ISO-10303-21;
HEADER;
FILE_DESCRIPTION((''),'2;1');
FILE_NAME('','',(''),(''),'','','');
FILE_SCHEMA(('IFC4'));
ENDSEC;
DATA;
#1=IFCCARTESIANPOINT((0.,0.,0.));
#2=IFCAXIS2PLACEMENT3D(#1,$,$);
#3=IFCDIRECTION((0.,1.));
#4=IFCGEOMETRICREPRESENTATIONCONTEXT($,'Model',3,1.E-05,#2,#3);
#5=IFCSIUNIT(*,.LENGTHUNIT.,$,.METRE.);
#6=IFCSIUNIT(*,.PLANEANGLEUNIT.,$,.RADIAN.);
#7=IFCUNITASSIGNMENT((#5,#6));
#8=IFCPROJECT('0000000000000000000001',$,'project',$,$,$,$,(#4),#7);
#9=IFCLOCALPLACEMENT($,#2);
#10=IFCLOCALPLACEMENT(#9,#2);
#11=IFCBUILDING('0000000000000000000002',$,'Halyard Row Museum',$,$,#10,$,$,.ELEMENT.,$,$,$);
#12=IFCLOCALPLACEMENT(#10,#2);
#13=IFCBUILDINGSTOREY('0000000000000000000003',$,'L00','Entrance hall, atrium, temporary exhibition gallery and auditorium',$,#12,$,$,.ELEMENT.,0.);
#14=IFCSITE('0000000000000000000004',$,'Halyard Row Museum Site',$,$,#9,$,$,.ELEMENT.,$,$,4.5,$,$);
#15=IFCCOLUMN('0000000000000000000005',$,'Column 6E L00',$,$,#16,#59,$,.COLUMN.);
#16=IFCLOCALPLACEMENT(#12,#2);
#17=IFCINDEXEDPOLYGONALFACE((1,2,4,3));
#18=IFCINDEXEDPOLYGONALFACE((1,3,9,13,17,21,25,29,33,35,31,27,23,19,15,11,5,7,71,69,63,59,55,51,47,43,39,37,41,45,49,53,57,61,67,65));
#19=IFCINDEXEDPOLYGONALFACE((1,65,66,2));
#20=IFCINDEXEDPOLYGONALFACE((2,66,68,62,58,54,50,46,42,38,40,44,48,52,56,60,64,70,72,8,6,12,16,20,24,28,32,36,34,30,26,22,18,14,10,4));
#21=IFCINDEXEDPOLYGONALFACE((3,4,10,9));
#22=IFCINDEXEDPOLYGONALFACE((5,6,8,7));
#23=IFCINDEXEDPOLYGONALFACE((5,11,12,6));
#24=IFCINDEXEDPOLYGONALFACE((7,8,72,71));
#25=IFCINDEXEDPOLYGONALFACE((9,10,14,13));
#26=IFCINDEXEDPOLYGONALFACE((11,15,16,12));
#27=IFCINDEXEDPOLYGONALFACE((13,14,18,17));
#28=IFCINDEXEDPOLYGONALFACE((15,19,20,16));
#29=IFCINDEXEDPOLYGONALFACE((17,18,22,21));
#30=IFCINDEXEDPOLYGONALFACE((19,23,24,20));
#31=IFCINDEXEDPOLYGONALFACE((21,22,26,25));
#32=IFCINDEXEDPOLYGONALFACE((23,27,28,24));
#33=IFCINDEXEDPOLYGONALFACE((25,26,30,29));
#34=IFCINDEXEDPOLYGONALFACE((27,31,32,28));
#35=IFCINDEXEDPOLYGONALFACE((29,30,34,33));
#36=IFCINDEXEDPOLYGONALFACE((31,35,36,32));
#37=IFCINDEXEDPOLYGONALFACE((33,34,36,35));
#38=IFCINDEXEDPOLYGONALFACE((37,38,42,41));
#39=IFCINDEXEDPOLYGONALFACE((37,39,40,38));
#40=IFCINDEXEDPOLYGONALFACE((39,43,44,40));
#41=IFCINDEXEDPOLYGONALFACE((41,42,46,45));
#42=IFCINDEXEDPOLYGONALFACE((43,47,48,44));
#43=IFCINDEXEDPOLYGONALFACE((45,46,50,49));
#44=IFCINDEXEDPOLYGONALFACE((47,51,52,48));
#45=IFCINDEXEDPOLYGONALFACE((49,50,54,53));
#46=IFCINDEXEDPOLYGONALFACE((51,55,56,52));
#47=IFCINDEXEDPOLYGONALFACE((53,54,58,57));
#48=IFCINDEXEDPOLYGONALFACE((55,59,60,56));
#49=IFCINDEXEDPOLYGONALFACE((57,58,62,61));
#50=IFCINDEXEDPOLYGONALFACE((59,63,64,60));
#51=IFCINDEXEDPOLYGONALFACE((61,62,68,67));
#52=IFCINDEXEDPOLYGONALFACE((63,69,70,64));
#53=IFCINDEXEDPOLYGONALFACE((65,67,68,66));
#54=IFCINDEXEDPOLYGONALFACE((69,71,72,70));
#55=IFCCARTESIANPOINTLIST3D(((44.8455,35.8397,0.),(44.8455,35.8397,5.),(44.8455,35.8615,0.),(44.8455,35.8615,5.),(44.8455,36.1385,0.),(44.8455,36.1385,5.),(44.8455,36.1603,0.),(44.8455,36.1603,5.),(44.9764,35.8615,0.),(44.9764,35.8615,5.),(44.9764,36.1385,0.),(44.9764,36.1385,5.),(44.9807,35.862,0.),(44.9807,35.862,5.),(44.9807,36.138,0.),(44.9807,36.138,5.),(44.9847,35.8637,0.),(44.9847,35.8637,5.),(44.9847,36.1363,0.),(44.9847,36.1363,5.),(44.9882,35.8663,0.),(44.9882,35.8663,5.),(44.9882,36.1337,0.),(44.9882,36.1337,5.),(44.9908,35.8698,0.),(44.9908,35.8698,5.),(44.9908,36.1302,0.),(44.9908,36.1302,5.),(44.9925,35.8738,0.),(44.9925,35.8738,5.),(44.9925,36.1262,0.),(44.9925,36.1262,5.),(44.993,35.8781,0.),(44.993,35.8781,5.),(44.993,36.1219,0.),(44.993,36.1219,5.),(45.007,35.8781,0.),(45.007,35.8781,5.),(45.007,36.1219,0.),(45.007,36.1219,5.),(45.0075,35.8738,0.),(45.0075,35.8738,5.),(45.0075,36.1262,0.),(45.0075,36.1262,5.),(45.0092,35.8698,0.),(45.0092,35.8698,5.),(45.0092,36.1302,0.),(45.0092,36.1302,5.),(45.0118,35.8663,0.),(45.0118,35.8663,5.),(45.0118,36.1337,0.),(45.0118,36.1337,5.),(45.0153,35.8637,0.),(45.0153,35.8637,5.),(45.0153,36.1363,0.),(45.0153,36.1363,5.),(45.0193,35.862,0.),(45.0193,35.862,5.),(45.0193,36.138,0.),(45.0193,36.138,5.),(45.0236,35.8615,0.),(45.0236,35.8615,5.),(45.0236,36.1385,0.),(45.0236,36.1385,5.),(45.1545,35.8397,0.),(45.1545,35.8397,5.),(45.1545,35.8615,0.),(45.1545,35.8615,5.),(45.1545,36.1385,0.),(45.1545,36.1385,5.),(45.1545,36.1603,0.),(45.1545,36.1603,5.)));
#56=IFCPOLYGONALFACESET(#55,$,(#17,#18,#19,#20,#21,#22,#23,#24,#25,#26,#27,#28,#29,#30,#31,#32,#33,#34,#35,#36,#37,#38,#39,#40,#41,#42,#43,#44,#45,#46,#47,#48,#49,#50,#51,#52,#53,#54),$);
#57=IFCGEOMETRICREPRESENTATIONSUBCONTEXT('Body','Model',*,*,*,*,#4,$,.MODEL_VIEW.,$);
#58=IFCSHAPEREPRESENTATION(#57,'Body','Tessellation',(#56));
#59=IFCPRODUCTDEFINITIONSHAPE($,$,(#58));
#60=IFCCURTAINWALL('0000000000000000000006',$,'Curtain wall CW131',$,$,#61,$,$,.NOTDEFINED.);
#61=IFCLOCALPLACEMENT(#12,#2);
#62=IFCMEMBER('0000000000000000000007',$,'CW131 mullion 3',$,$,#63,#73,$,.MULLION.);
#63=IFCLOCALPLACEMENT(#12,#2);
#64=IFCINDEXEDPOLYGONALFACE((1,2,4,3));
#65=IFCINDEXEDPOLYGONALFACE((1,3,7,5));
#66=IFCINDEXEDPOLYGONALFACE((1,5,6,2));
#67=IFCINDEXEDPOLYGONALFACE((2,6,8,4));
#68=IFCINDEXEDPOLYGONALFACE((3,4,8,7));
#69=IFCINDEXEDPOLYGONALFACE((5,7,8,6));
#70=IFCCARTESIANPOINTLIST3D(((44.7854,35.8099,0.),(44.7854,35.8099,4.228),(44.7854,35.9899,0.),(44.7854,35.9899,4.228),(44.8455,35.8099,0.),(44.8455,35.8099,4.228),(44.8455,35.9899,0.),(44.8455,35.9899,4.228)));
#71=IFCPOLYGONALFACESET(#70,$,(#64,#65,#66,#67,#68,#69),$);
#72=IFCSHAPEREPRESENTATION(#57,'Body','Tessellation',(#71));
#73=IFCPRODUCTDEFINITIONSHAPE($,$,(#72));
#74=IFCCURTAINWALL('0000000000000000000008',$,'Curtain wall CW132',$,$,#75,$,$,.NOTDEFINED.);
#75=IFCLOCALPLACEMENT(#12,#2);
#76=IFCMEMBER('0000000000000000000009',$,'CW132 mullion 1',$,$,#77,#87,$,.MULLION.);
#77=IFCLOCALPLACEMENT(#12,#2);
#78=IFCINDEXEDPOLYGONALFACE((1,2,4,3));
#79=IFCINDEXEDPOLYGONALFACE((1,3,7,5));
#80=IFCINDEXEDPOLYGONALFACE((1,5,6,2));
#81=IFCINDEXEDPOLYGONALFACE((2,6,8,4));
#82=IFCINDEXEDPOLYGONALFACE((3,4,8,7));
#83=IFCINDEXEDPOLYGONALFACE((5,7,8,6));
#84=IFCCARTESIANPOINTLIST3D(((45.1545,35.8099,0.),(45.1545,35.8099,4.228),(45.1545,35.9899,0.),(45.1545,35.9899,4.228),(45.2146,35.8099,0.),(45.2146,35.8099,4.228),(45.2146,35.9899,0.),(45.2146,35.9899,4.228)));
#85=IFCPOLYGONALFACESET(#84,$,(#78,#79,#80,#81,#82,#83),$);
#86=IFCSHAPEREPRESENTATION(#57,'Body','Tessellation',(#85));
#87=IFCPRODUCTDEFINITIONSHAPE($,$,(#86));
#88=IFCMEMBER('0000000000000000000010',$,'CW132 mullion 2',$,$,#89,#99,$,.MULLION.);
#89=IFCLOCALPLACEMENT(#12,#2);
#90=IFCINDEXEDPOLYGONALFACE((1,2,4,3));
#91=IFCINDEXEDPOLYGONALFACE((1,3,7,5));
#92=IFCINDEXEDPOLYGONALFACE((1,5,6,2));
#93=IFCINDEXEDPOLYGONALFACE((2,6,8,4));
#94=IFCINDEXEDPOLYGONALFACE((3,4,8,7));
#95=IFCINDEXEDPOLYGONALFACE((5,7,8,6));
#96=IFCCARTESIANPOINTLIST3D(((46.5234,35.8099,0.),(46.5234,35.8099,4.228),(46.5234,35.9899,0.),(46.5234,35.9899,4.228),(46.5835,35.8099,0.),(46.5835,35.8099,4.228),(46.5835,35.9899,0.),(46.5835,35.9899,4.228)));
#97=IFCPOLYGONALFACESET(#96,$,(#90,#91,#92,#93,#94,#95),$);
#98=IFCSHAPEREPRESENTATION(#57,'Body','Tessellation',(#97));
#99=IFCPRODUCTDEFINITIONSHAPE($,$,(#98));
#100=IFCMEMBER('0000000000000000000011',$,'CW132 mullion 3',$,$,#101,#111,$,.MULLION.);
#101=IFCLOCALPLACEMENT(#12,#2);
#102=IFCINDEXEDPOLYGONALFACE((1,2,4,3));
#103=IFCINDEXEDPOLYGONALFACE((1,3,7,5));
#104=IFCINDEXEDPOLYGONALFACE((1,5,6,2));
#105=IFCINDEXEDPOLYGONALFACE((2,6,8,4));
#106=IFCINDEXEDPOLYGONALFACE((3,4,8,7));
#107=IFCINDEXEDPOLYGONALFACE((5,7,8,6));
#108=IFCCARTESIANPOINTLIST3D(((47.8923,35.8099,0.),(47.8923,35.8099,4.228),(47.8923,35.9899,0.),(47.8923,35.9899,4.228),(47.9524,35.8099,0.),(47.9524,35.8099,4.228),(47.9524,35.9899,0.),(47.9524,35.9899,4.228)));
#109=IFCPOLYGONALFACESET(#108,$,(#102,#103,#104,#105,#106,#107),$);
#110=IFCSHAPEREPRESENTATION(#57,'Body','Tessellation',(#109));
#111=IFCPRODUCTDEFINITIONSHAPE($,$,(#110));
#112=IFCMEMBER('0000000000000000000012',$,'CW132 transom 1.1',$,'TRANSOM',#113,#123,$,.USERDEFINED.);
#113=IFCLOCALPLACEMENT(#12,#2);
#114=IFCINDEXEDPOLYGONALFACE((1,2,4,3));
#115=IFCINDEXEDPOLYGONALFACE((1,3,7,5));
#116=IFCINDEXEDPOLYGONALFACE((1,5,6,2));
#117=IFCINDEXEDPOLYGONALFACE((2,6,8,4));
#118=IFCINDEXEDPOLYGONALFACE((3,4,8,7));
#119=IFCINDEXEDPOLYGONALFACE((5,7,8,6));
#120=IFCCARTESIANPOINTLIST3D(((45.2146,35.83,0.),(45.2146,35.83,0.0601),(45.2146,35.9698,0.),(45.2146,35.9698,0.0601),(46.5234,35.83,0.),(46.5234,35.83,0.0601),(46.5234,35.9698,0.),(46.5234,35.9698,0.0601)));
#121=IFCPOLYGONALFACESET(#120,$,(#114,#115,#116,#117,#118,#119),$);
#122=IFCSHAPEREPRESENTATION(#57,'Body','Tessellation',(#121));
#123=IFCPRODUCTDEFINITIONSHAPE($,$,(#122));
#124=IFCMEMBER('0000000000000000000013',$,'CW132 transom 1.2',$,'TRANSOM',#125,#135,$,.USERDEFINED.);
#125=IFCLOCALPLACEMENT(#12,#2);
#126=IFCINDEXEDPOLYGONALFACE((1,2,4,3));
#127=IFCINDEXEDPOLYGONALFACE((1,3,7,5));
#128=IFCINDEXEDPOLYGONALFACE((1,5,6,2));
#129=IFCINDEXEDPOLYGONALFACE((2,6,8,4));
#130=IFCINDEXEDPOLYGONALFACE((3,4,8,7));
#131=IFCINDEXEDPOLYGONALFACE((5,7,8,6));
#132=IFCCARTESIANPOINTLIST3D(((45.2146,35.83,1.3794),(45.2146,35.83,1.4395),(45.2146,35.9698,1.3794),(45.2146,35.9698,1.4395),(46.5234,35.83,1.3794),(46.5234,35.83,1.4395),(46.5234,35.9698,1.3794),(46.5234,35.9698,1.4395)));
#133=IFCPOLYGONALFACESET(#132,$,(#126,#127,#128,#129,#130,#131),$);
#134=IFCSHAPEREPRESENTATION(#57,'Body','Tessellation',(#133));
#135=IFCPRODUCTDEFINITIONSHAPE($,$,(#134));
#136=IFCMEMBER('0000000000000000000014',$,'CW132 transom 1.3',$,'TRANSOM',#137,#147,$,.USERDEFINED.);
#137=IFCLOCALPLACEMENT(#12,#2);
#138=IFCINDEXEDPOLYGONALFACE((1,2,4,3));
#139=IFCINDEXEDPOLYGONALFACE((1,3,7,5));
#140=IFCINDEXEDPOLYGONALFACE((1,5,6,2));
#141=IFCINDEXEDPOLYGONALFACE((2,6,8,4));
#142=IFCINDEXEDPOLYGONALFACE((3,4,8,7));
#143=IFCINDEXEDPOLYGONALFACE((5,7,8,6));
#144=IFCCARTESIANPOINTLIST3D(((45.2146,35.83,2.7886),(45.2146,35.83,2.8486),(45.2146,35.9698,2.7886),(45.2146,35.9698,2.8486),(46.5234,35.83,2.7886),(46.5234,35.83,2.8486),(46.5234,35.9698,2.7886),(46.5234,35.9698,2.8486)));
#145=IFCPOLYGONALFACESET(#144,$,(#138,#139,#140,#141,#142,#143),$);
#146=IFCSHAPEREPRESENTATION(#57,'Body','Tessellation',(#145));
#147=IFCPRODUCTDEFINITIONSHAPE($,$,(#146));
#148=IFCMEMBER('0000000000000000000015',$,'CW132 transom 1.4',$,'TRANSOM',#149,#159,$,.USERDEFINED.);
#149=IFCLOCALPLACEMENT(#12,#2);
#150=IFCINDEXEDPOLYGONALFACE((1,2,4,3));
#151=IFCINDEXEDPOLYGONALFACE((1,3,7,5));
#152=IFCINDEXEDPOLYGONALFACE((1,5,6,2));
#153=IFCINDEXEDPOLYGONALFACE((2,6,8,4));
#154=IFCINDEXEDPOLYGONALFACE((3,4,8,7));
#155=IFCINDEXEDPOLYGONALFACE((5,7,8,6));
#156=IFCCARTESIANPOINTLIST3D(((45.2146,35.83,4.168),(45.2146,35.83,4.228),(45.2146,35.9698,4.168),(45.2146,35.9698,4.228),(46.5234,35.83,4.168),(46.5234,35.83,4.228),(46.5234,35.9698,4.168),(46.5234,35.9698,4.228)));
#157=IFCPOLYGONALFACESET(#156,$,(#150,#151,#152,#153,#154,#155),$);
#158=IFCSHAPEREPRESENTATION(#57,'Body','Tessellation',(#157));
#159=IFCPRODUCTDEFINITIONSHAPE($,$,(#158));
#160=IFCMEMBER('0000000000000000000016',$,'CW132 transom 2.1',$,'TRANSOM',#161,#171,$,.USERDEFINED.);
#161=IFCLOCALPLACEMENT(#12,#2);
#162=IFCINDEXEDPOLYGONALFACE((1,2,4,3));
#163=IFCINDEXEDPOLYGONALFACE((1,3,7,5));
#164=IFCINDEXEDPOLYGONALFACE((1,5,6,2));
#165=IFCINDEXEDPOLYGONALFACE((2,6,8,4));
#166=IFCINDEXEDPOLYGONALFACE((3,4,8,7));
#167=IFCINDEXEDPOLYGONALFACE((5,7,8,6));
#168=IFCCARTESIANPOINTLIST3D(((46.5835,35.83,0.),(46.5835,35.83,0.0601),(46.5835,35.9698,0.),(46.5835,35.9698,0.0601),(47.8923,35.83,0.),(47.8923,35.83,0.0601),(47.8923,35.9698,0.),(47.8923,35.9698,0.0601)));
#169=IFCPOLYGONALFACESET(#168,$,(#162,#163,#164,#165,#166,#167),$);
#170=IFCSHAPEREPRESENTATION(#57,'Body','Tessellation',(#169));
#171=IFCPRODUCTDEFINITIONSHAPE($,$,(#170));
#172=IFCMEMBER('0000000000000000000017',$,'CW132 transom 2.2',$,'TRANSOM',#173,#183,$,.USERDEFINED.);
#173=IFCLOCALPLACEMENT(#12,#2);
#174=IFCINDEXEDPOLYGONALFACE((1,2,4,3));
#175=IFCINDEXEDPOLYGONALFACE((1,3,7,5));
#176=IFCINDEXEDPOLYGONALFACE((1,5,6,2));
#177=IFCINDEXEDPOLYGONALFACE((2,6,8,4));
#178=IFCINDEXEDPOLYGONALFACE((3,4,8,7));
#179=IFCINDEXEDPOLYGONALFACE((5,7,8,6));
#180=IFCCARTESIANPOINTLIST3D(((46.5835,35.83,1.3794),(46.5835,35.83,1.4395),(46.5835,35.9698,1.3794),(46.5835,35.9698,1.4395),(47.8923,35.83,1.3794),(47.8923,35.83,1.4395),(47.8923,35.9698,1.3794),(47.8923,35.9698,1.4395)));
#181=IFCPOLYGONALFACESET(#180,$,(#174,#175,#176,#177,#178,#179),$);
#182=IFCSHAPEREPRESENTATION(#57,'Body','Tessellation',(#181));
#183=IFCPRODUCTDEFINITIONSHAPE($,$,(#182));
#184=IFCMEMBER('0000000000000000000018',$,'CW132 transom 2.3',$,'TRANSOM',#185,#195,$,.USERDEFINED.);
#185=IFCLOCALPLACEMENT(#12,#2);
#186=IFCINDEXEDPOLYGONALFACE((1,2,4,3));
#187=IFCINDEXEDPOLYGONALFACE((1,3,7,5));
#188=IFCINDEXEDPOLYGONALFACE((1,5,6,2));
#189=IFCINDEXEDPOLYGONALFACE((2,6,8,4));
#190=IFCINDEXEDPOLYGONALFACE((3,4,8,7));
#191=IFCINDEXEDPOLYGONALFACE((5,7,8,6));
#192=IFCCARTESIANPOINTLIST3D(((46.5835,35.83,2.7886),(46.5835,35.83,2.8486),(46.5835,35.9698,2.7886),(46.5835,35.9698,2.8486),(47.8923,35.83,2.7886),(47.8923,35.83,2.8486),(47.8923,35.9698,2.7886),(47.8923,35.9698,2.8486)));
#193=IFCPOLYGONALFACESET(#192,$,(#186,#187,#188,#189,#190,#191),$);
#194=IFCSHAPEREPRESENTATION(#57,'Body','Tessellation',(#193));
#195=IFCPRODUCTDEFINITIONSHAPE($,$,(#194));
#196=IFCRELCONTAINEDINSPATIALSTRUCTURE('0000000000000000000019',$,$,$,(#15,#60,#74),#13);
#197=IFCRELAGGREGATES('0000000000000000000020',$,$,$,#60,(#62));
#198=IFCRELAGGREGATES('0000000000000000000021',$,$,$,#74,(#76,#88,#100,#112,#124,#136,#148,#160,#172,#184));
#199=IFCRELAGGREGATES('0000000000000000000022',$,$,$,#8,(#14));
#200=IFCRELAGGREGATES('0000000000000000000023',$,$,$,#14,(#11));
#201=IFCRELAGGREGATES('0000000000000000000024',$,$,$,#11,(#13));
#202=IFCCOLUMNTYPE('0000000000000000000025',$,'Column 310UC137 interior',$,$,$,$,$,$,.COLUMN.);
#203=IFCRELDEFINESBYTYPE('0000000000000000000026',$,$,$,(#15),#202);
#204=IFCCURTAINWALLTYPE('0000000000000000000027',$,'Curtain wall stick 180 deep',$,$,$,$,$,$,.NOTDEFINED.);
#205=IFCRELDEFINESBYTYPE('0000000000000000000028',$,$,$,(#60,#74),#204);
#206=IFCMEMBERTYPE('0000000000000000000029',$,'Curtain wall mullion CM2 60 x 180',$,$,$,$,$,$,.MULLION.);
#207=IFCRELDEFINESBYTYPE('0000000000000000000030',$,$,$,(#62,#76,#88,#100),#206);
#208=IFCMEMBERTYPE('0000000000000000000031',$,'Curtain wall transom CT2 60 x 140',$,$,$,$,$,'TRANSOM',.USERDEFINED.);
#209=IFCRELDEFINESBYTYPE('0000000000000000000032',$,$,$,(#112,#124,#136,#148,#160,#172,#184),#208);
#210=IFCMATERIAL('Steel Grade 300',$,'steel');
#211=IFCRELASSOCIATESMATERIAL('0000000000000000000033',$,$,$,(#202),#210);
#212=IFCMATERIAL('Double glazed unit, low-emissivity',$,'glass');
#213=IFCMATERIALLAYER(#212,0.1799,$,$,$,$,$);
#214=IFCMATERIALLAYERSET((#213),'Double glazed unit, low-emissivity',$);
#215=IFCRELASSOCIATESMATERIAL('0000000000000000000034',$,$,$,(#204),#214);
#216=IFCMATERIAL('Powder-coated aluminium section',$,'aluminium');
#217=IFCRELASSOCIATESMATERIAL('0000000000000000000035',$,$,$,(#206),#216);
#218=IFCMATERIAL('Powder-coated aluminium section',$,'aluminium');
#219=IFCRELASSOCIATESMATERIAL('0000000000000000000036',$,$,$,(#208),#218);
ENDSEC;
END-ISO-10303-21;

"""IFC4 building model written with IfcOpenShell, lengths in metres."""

from ifc_helpers import new_model, si_unit, direction, frame, origin, origin_2d, place, context, subcontext, project, spatial, rectangle, i_section, extrude, material, layer, layer_set, material_profile, profile_set, type_object, element, aggregate, save


model = new_model("IFC4")

# Units and contexts
model_context = context("Model", 3, precision=1e-05, world=origin(), true_north=direction((0.0, 1.0)))
body_context = subcontext(model_context, "Body", "Model", "MODEL_VIEW")
ifc_project = project(units=[si_unit("LENGTHUNIT", "METRE"), si_unit("PLANEANGLEUNIT", "RADIAN")], contexts=[model_context])

# Site, building, storey
site_placement = place(None, origin())
site = spatial("IfcSite", under=ifc_project, at=site_placement, Name="Halyard Row Museum Site", CompositionType="ELEMENT", RefElevation=4.5)
building_placement = place(site_placement, origin())
building = spatial("IfcBuilding", under=site, at=building_placement, Name="Halyard Row Museum", CompositionType="ELEMENT")
storey_placement = place(building_placement, origin())
storey = spatial("IfcBuildingStorey", under=building, at=storey_placement, Name="L00", Description="Entrance hall, atrium, temporary exhibition gallery and auditorium", CompositionType="ELEMENT", Elevation=0.0)

# Column
ifc_material_1 = material(Name="Steel Grade 300", Category="steel")
ifc_material_profile_1 = material_profile(ifc_material_1, i_section(OverallWidth=0.3091, OverallDepth=0.3206, WebThickness=0.0139, FlangeThickness=0.0217, FilletRadius=0.0166, at=origin_2d()), Name="310UC137")
ifc_profile_set_1 = profile_set([ifc_material_profile_1], Name="Steel Grade 300")
column_type = type_object("IfcColumnType", Name="Column 310UC137 interior", PredefinedType="COLUMN", material=ifc_profile_set_1)
column_placement = place(storey_placement, frame((45.0, 36.0, 0.0), z_axis=(0.0, 0.0, 1.0), x_axis=(1.0, 0.0, 0.0)))
element("IfcColumn", 1, at=column_placement, inside=storey, type_object=column_type, Name="Column 6E L00", PredefinedType="COLUMN", context=body_context, shape_type="SweptSolid", body=[
    extrude(i_section(OverallWidth=0.3091, OverallDepth=0.3206, WebThickness=0.0139, FlangeThickness=0.0217, FilletRadius=0.0166, at=origin_2d()), origin(), (0.0, 0.0, 1.0), 5.0),
])

# Curtain wall, member
ifc_material_2 = material(Name="Double glazed unit, low-emissivity", Category="glass")
ifc_layer_1 = layer(ifc_material_2, 0.1799)
ifc_layer_set_1 = layer_set([ifc_layer_1], Name="Double glazed unit, low-emissivity")
curtain_wall_type = type_object("IfcCurtainWallType", Name="Curtain wall stick 180 deep", PredefinedType="NOTDEFINED", material=ifc_layer_set_1)
curtain_wall_1_placement = place(storey_placement, origin())
curtain_wall_1 = element("IfcCurtainWall", 2, at=curtain_wall_1_placement, inside=storey, type_object=curtain_wall_type, Name="Curtain wall CW131", PredefinedType="NOTDEFINED")
ifc_material_3 = material(Name="Powder-coated aluminium section", Category="aluminium")
ifc_material_profile_2 = material_profile(ifc_material_3, rectangle(XDim=0.1799, YDim=0.0601, at=origin_2d()), Name="180x60 mullion")
ifc_profile_set_2 = profile_set([ifc_material_profile_2], Name="Powder-coated aluminium section")
member_type_1 = type_object("IfcMemberType", Name="Curtain wall mullion CM2 60 x 180", PredefinedType="MULLION", material=ifc_profile_set_2)
member_1_placement = place(storey_placement, frame((44.8154, 35.8999, 0.0), z_axis=(0.0, 0.0, 1.0), x_axis=(0.0, 1.0, 0.0)))
member_1 = element("IfcMember", 3, at=member_1_placement, type_object=member_type_1, Name="CW131 mullion 3", PredefinedType="MULLION", context=body_context, shape_type="SweptSolid", body=[
    extrude(rectangle(XDim=0.1799, YDim=0.0601, at=origin_2d()), origin(), (0.0, 0.0, 1.0), 4.228),
])

# Curtain wall, members
curtain_wall_2_placement = place(storey_placement, origin())
curtain_wall_2 = element("IfcCurtainWall", 4, at=curtain_wall_2_placement, inside=storey, type_object=curtain_wall_type, Name="Curtain wall CW132", PredefinedType="NOTDEFINED")
member_2_placement = place(storey_placement, frame((45.1846, 35.8999, 0.0), z_axis=(0.0, 0.0, 1.0), x_axis=(0.0, 1.0, 0.0)))
member_2 = element("IfcMember", 5, at=member_2_placement, type_object=member_type_1, Name="CW132 mullion 1", PredefinedType="MULLION", context=body_context, shape_type="SweptSolid", body=[
    extrude(rectangle(XDim=0.1799, YDim=0.0601, at=origin_2d()), origin(), (0.0, 0.0, 1.0), 4.228),
])
member_3_placement = place(storey_placement, frame((46.5535, 35.8999, 0.0), z_axis=(0.0, 0.0, 1.0), x_axis=(0.0, 1.0, 0.0)))
member_3 = element("IfcMember", 6, at=member_3_placement, type_object=member_type_1, Name="CW132 mullion 2", PredefinedType="MULLION", context=body_context, shape_type="SweptSolid", body=[
    extrude(rectangle(XDim=0.1799, YDim=0.0601, at=origin_2d()), origin(), (0.0, 0.0, 1.0), 4.228),
])
member_4_placement = place(storey_placement, frame((47.9224, 35.8999, 0.0), z_axis=(0.0, 0.0, 1.0), x_axis=(0.0, 1.0, 0.0)))
member_4 = element("IfcMember", 7, at=member_4_placement, type_object=member_type_1, Name="CW132 mullion 3", PredefinedType="MULLION", context=body_context, shape_type="SweptSolid", body=[
    extrude(rectangle(XDim=0.1799, YDim=0.0601, at=origin_2d()), origin(), (0.0, 0.0, 1.0), 4.228),
])
ifc_material_4 = material(Name="Powder-coated aluminium section", Category="aluminium")
ifc_material_profile_3 = material_profile(ifc_material_4, rectangle(XDim=0.1399, YDim=0.0601, at=origin_2d()), Name="140x60 transom")
ifc_profile_set_3 = profile_set([ifc_material_profile_3], Name="Powder-coated aluminium section")
member_type_2 = type_object("IfcMemberType", Name="Curtain wall transom CT2 60 x 140", ElementType="TRANSOM", PredefinedType="USERDEFINED", material=ifc_profile_set_3)
member_5_placement = place(storey_placement, frame((45.2146, 35.8999, 0.03), z_axis=(1.0, 0.0, 0.0), x_axis=(0.0, 1.0, 0.0)))
member_5 = element("IfcMember", 8, at=member_5_placement, type_object=member_type_2, Name="CW132 transom 1.1", ObjectType="TRANSOM", PredefinedType="USERDEFINED", context=body_context, shape_type="SweptSolid", body=[
    extrude(rectangle(XDim=0.1399, YDim=0.0601, at=origin_2d()), origin(), (0.0, 0.0, 1.0), 1.3088),
])
member_6_placement = place(storey_placement, frame((45.2146, 35.8999, 1.4094), z_axis=(1.0, 0.0, 0.0), x_axis=(0.0, 1.0, 0.0)))
member_6 = element("IfcMember", 9, at=member_6_placement, type_object=member_type_2, Name="CW132 transom 1.2", ObjectType="TRANSOM", PredefinedType="USERDEFINED", context=body_context, shape_type="SweptSolid", body=[
    extrude(rectangle(XDim=0.1399, YDim=0.0601, at=origin_2d()), origin(), (0.0, 0.0, 1.0), 1.3088),
])
member_7_placement = place(storey_placement, frame((45.2146, 35.8999, 2.8186), z_axis=(1.0, 0.0, 0.0), x_axis=(0.0, 1.0, 0.0)))
member_7 = element("IfcMember", 10, at=member_7_placement, type_object=member_type_2, Name="CW132 transom 1.3", ObjectType="TRANSOM", PredefinedType="USERDEFINED", context=body_context, shape_type="SweptSolid", body=[
    extrude(rectangle(XDim=0.1399, YDim=0.0601, at=origin_2d()), origin(), (0.0, 0.0, 1.0), 1.3088),
])
member_8_placement = place(storey_placement, frame((45.2146, 35.8999, 4.198), z_axis=(1.0, 0.0, 0.0), x_axis=(0.0, 1.0, 0.0)))
member_8 = element("IfcMember", 11, at=member_8_placement, type_object=member_type_2, Name="CW132 transom 1.4", ObjectType="TRANSOM", PredefinedType="USERDEFINED", context=body_context, shape_type="SweptSolid", body=[
    extrude(rectangle(XDim=0.1399, YDim=0.0601, at=origin_2d()), origin(), (0.0, 0.0, 1.0), 1.3088),
])
member_9_placement = place(storey_placement, frame((46.5835, 35.8999, 0.03), z_axis=(1.0, 0.0, 0.0), x_axis=(0.0, 1.0, 0.0)))
member_9 = element("IfcMember", 12, at=member_9_placement, type_object=member_type_2, Name="CW132 transom 2.1", ObjectType="TRANSOM", PredefinedType="USERDEFINED", context=body_context, shape_type="SweptSolid", body=[
    extrude(rectangle(XDim=0.1399, YDim=0.0601, at=origin_2d()), origin(), (0.0, 0.0, 1.0), 1.3088),
])
member_10_placement = place(storey_placement, frame((46.5835, 35.8999, 1.4094), z_axis=(1.0, 0.0, 0.0), x_axis=(0.0, 1.0, 0.0)))
member_10 = element("IfcMember", 13, at=member_10_placement, type_object=member_type_2, Name="CW132 transom 2.2", ObjectType="TRANSOM", PredefinedType="USERDEFINED", context=body_context, shape_type="SweptSolid", body=[
    extrude(rectangle(XDim=0.1399, YDim=0.0601, at=origin_2d()), origin(), (0.0, 0.0, 1.0), 1.3088),
])
member_11_placement = place(storey_placement, frame((46.5835, 35.8999, 2.8186), z_axis=(1.0, 0.0, 0.0), x_axis=(0.0, 1.0, 0.0)))
member_11 = element("IfcMember", 14, at=member_11_placement, type_object=member_type_2, Name="CW132 transom 2.3", ObjectType="TRANSOM", PredefinedType="USERDEFINED", context=body_context, shape_type="SweptSolid", body=[
    extrude(rectangle(XDim=0.1399, YDim=0.0601, at=origin_2d()), origin(), (0.0, 0.0, 1.0), 1.3088),
])

aggregate(curtain_wall_1, [member_1])
aggregate(curtain_wall_2, [member_2, member_3, member_4, member_5, member_6, member_7, member_8, member_9, member_10, member_11])

save(model, "model.ifc")
